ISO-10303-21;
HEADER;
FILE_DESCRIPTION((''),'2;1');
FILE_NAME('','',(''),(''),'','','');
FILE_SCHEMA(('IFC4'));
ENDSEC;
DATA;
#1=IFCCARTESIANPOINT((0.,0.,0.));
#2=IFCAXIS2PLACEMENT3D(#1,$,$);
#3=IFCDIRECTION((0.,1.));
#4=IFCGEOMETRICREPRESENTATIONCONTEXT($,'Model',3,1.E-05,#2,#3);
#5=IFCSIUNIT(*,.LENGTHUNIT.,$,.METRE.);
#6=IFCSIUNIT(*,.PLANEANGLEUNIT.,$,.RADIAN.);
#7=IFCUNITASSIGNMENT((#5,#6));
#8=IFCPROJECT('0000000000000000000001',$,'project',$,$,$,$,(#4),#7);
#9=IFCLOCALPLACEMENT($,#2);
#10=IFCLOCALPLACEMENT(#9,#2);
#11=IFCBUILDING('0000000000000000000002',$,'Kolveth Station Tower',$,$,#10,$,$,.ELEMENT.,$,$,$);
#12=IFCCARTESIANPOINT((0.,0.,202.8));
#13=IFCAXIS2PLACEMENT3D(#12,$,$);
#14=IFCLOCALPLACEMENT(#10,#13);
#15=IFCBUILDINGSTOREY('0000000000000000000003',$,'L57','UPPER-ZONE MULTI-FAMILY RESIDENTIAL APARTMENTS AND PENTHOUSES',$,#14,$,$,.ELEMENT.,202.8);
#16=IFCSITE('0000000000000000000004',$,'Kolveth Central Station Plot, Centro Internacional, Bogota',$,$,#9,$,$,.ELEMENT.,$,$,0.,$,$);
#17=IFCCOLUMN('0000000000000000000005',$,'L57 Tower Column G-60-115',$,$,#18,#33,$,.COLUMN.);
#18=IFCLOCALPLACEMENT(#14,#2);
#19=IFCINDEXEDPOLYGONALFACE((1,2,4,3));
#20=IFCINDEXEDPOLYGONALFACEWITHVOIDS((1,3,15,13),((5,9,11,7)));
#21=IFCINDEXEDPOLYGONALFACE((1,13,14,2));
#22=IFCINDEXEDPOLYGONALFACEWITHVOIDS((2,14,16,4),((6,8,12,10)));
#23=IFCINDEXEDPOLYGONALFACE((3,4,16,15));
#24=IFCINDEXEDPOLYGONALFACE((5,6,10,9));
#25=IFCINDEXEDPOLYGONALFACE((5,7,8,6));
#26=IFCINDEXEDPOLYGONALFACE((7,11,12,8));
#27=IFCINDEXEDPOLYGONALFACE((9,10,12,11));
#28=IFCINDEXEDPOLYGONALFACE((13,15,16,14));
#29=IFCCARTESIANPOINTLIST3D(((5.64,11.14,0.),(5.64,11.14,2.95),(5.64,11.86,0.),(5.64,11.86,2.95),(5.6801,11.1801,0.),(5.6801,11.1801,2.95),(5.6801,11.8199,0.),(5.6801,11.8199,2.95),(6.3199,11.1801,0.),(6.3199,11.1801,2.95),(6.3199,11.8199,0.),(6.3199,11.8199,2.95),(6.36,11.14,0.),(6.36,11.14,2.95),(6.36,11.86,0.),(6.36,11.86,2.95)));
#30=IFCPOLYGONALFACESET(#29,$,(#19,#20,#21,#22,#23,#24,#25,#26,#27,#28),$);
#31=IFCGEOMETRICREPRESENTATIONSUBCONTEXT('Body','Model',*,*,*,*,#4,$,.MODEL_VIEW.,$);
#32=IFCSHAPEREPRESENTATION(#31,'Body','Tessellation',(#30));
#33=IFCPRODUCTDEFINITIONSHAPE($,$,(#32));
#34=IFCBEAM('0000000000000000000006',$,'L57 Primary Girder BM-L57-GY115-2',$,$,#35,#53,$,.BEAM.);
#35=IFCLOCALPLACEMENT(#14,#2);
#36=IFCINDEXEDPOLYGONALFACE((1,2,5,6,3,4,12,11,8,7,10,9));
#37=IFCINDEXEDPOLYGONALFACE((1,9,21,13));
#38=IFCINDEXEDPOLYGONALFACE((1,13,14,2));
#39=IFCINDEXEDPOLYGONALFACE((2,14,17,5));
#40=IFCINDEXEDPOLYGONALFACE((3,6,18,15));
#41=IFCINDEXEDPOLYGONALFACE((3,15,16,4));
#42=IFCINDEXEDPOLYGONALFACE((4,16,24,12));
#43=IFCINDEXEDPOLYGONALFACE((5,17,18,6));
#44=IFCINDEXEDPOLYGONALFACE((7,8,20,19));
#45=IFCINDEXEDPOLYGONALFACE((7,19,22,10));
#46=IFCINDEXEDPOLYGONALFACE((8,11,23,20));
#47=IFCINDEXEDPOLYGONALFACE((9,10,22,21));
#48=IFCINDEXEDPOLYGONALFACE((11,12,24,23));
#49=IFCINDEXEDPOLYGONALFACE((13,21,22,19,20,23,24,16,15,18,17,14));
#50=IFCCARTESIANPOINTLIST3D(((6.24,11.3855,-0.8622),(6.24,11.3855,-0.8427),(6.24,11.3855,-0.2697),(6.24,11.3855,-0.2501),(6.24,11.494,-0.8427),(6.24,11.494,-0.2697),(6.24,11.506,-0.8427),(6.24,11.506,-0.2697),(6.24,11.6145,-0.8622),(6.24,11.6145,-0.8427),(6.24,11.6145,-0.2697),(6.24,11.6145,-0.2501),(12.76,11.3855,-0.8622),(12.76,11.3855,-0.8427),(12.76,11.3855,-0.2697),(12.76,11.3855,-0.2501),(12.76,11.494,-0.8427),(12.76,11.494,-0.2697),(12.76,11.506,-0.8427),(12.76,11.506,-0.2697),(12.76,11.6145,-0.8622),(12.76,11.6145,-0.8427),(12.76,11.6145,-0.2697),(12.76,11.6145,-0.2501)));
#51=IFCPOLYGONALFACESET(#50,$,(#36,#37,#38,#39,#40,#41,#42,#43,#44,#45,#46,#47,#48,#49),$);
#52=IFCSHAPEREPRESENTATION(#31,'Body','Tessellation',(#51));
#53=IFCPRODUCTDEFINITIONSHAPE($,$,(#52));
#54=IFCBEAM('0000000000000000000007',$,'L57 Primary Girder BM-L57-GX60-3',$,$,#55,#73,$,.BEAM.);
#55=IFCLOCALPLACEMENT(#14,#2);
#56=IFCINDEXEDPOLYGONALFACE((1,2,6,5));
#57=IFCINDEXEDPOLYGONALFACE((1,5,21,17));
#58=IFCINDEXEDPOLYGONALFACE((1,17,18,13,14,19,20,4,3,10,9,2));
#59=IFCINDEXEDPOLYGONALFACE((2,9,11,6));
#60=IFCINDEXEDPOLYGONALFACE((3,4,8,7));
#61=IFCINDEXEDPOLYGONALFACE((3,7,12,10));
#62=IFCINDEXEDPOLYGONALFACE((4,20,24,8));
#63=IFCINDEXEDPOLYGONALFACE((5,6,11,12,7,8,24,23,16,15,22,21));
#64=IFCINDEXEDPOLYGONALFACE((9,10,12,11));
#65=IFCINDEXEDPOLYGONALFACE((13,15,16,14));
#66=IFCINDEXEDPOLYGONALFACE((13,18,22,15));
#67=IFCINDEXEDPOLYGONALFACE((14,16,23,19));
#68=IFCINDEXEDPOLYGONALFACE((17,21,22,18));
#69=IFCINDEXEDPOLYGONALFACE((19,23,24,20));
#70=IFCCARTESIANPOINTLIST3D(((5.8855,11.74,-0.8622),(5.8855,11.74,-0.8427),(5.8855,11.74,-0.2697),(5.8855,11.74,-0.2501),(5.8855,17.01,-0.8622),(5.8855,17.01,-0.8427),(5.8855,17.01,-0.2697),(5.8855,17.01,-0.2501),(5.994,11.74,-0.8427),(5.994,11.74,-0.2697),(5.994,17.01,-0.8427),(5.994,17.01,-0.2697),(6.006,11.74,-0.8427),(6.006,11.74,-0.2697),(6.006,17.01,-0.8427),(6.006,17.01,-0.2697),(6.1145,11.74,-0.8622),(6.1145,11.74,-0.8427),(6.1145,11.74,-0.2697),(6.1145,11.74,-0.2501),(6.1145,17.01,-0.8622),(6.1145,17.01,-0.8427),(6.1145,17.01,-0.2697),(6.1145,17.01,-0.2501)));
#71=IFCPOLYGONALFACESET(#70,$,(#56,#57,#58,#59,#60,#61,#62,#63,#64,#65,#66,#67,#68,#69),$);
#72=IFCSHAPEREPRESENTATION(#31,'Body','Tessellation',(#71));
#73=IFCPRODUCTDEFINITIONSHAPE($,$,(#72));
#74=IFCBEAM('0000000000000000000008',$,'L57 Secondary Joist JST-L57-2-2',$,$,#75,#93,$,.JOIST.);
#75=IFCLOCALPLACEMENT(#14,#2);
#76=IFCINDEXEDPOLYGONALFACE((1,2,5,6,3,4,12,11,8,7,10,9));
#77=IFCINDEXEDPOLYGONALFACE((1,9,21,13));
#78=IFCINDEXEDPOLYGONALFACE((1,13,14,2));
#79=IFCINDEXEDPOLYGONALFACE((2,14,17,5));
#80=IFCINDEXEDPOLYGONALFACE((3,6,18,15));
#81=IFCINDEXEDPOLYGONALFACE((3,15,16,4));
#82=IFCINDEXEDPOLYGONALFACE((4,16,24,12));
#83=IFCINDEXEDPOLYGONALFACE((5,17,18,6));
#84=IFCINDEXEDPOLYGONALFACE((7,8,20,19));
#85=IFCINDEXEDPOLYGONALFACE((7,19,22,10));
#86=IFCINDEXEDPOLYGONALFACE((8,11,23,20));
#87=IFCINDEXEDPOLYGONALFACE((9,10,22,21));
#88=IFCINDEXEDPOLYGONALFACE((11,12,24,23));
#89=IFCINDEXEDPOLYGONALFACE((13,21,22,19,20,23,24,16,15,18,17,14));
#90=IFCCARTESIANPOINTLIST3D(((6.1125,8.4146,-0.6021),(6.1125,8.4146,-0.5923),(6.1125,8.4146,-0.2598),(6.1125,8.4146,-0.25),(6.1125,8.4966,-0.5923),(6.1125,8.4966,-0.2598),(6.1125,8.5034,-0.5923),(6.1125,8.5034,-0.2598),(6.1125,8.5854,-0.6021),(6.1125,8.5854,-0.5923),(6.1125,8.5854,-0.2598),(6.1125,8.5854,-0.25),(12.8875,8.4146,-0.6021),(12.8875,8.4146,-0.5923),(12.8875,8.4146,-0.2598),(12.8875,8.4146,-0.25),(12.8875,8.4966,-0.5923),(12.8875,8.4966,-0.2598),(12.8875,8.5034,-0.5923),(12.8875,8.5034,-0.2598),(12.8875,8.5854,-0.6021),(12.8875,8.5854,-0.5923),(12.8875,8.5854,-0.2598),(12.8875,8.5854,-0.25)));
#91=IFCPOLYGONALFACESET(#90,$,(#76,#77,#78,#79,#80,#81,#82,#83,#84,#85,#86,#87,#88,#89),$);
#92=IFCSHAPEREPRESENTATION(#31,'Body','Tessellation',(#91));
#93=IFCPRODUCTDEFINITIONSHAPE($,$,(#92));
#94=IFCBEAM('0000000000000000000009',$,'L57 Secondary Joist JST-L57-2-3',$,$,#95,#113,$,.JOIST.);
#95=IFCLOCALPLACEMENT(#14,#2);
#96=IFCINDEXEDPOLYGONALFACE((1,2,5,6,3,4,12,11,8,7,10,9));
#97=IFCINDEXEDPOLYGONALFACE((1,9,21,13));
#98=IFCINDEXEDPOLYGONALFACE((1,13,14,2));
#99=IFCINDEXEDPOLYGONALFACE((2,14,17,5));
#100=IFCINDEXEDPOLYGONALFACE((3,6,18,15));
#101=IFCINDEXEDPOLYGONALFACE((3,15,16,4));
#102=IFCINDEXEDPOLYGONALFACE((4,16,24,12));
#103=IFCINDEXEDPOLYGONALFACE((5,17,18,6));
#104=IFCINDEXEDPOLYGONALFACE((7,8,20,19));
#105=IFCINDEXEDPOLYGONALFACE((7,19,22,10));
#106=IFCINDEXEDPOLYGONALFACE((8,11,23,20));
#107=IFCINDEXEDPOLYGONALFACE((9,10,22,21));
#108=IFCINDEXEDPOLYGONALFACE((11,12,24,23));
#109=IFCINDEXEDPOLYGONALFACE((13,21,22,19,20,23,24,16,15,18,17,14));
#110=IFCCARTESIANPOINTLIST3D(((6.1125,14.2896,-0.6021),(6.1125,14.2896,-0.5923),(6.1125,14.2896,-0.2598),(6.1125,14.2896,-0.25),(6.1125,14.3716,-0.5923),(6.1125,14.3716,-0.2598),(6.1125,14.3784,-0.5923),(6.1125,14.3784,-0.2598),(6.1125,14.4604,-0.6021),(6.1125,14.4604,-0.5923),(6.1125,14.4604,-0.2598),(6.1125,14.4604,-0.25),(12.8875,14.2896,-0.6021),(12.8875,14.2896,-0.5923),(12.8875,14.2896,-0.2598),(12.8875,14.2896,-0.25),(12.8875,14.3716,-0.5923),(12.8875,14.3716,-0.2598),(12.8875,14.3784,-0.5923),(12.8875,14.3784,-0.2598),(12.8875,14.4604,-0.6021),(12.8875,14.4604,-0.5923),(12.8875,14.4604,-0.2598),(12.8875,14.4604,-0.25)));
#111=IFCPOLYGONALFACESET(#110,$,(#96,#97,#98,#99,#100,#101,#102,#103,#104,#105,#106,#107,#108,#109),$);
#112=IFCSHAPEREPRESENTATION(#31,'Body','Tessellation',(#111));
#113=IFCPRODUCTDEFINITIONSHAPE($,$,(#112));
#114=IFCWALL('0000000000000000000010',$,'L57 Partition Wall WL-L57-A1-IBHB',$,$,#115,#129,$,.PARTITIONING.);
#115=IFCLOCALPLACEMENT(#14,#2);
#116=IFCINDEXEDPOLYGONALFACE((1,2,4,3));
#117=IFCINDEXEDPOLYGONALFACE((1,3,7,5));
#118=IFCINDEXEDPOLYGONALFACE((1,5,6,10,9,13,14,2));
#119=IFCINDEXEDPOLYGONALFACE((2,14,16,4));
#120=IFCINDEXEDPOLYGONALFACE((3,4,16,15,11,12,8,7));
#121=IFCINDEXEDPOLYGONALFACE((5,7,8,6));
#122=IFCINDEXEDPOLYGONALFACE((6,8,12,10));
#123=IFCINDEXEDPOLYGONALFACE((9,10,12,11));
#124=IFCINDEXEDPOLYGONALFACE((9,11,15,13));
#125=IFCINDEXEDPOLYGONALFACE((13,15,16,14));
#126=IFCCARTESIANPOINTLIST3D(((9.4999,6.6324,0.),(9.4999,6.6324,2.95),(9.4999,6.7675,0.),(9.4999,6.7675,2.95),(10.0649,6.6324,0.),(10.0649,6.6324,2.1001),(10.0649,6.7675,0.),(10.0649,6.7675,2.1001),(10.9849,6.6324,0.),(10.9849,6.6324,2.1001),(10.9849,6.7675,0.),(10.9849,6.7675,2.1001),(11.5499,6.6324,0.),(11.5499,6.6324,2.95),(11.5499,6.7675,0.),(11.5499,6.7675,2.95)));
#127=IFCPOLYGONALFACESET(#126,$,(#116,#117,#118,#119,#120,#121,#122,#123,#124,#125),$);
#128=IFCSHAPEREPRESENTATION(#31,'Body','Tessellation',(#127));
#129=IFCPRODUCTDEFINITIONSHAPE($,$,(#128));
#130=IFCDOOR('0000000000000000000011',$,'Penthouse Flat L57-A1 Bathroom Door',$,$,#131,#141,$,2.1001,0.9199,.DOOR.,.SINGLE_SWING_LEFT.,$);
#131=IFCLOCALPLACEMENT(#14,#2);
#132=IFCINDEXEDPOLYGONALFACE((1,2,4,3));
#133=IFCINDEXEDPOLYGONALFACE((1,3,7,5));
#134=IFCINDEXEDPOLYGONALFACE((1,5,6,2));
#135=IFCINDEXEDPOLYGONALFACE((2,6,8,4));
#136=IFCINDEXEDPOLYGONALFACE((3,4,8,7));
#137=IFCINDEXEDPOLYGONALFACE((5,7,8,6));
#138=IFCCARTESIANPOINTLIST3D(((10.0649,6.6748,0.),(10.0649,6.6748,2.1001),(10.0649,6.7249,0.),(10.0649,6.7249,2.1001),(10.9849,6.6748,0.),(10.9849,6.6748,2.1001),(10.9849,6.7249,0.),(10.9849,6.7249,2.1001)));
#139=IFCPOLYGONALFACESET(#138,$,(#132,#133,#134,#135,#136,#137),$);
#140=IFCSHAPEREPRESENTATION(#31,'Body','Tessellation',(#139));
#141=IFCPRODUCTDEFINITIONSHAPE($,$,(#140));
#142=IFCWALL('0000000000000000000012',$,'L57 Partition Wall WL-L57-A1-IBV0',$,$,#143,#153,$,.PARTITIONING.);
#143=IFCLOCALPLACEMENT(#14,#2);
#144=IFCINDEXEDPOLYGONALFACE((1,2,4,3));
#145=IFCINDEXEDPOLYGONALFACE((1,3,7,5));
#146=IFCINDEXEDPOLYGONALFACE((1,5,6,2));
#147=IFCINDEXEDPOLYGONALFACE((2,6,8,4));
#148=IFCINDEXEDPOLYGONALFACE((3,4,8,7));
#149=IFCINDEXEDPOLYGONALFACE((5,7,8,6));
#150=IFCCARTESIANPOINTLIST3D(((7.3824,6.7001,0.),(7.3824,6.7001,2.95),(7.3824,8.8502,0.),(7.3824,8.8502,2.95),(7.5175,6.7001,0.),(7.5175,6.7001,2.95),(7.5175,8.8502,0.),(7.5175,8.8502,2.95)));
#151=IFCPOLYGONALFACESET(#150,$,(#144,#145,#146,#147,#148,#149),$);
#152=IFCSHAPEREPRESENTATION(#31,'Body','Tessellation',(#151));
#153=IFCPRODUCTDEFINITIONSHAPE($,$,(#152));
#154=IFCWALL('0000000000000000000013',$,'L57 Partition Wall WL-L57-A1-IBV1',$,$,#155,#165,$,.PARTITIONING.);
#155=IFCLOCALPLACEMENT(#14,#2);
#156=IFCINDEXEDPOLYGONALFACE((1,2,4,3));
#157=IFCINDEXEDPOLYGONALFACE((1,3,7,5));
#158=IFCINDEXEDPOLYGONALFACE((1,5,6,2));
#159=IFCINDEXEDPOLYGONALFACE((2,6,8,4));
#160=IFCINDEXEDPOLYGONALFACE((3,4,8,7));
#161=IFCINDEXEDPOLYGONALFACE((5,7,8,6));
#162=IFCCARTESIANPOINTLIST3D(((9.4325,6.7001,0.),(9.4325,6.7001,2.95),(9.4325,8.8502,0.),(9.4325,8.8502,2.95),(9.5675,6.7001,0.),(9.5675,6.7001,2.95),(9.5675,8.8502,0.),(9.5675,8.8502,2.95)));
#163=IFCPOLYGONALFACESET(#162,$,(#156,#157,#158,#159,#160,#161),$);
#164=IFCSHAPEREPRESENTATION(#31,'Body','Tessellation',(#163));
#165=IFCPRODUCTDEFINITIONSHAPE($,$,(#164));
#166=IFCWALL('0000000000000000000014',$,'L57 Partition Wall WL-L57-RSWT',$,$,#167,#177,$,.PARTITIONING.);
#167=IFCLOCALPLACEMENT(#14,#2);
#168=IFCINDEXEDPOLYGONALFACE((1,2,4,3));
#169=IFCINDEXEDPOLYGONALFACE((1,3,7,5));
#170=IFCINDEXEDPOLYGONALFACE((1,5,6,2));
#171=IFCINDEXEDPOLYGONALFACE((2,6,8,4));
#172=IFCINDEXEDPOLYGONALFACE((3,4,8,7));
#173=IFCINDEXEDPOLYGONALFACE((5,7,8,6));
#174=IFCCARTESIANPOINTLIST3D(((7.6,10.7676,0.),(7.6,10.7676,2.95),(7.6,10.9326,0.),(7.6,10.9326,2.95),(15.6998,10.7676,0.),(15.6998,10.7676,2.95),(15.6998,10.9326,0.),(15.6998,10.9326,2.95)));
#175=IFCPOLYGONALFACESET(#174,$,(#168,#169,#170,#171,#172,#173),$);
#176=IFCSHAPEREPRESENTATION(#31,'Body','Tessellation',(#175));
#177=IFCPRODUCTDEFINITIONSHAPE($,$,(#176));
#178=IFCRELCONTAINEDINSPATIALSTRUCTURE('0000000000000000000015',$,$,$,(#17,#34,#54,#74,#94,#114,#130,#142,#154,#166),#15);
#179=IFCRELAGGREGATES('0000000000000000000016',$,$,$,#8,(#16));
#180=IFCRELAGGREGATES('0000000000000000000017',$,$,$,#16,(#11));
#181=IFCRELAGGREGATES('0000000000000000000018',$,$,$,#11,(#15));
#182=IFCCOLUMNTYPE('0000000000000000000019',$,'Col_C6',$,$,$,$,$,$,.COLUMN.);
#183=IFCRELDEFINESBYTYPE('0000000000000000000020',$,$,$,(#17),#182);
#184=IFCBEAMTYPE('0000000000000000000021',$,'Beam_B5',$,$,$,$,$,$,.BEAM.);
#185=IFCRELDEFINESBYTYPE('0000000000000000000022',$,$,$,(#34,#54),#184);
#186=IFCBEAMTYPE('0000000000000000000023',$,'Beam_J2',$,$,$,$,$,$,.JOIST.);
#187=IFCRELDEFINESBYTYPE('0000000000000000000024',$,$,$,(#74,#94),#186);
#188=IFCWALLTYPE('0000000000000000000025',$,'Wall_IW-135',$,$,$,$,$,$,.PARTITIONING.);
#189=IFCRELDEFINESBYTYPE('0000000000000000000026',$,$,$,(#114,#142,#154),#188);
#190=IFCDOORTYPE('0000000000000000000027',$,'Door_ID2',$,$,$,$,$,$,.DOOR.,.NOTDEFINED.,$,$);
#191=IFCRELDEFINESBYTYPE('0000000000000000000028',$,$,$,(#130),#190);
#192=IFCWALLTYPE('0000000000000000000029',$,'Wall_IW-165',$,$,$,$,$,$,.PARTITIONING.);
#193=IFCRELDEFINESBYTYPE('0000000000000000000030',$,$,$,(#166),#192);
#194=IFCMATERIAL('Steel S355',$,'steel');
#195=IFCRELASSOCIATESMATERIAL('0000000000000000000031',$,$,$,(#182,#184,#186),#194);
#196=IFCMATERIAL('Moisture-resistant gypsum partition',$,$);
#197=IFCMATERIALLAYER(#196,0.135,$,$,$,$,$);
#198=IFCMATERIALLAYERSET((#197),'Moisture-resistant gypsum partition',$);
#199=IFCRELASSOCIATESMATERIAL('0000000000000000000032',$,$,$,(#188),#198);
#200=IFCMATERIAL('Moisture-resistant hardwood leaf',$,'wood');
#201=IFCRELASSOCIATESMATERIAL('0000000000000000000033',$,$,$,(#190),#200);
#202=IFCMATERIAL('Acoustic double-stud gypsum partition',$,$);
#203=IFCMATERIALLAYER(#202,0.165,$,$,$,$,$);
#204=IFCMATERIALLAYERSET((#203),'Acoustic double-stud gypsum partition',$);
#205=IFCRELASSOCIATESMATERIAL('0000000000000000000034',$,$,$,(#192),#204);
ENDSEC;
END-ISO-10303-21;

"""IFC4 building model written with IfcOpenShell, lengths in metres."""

from ifc_helpers import new_model, si_unit, direction, frame, frame_2d, origin, origin_2d, place, context, subcontext, project, spatial, rectangle, hollow_rectangle, i_section, extrude, source, transform, mapped, material, layer, layer_set, material_profile, profile_set, type_object, element, fill, save


model = new_model("IFC4")

# Units and contexts
model_context = context("Model", 3, precision=1e-05, world=origin(), true_north=direction((0.0, 1.0)))
body_context = subcontext(model_context, "Body", "Model", "MODEL_VIEW")
ifc_project = project(units=[si_unit("LENGTHUNIT", "METRE"), si_unit("PLANEANGLEUNIT", "RADIAN")], contexts=[model_context])

# Site, building, storey
site_placement = place(None, origin())
site = spatial("IfcSite", under=ifc_project, at=site_placement, Name="Kolveth Central Station Plot, Centro Internacional, Bogota", CompositionType="ELEMENT", RefElevation=0.0)
building_placement = place(site_placement, origin())
building = spatial("IfcBuilding", under=site, at=building_placement, Name="Kolveth Station Tower", CompositionType="ELEMENT")
storey_placement = place(building_placement, frame((0.0, 0.0, 202.8)))
storey = spatial("IfcBuildingStorey", under=building, at=storey_placement, Name="L57", Description="UPPER-ZONE MULTI-FAMILY RESIDENTIAL APARTMENTS AND PENTHOUSES", CompositionType="ELEMENT", Elevation=202.8)

# Column
ifc_material_1 = material(Name="Steel S355", Category="steel")
ifc_material_profile_1 = material_profile(ifc_material_1, hollow_rectangle(XDim=0.72, YDim=0.72, WallThickness=0.04, at=origin_2d()), Name="BOX720x720x40")
ifc_profile_set_1 = profile_set([ifc_material_profile_1], Name="Steel S355")
column_type = type_object("IfcColumnType", Name="Col_C6", PredefinedType="COLUMN", material=ifc_profile_set_1)
shared_shape_1 = source(origin(), body_context, "Body", "SweptSolid", [
    extrude(hollow_rectangle(XDim=0.72, YDim=0.72, WallThickness=0.04, at=origin_2d()), origin(), (0.0, 0.0, 1.0), 2.95),
])
column_placement = place(storey_placement, frame((6.0, 11.5, 0.0), z_axis=(0.0, 0.0, 1.0), x_axis=(1.0, 0.0, 0.0)))
element("IfcColumn", 1, at=column_placement, inside=storey, type_object=column_type, Name="L57 Tower Column G-60-115", PredefinedType="COLUMN", context=body_context, shape_type="MappedRepresentation", body=[
    mapped(shared_shape_1, transform((0.0, 0.0, 0.0), x_axis=(1.0, 0.0, 0.0), y_axis=(0.0, 1.0, 0.0), z_axis=(0.0, 0.0, 1.0), scale=1.0)),
])

# Beams
ifc_material_profile_2 = material_profile(ifc_material_1, i_section(OverallWidth=0.229, OverallDepth=0.6121, WebThickness=0.012, FlangeThickness=0.0195, at=origin_2d()), Name="W610x125")
ifc_profile_set_2 = profile_set([ifc_material_profile_2], Name="Steel S355")
beam_type_1 = type_object("IfcBeamType", Name="Beam_B5", PredefinedType="BEAM", material=ifc_profile_set_2)
shared_shape_2 = source(origin(), body_context, "Body", "SweptSolid", [
    extrude(i_section(OverallWidth=0.229, OverallDepth=0.6121, WebThickness=0.012, FlangeThickness=0.0195, at=origin_2d()), origin(), (0.0, 0.0, 1.0), 6.52),
])
beam_1_placement = place(storey_placement, frame((6.24, 11.5, -0.5562), z_axis=(1.0, 0.0, 0.0), x_axis=(0.0, 1.0, 0.0)))
element("IfcBeam", 2, at=beam_1_placement, inside=storey, type_object=beam_type_1, Name="L57 Primary Girder BM-L57-GY115-2", PredefinedType="BEAM", context=body_context, shape_type="MappedRepresentation", body=[
    mapped(shared_shape_2, transform((0.0, 0.0, 0.0), x_axis=(1.0, 0.0, 0.0), y_axis=(0.0, 1.0, 0.0), z_axis=(0.0, 0.0, 1.0), scale=1.0)),
])
shared_shape_3 = source(origin(), body_context, "Body", "SweptSolid", [
    extrude(i_section(OverallWidth=0.229, OverallDepth=0.6121, WebThickness=0.012, FlangeThickness=0.0195, at=origin_2d()), origin(), (0.0, 0.0, 1.0), 5.27),
])
beam_2_placement = place(storey_placement, frame((6.0, 11.74, -0.5562), z_axis=(0.0, 1.0, 0.0), x_axis=(-1.0, 0.0, 0.0)))
element("IfcBeam", 3, at=beam_2_placement, inside=storey, type_object=beam_type_1, Name="L57 Primary Girder BM-L57-GX60-3", PredefinedType="BEAM", context=body_context, shape_type="MappedRepresentation", body=[
    mapped(shared_shape_3, transform((0.0, 0.0, 0.0), x_axis=(1.0, 0.0, 0.0), y_axis=(0.0, 1.0, 0.0), z_axis=(0.0, 0.0, 1.0), scale=1.0)),
])
ifc_material_profile_3 = material_profile(ifc_material_1, i_section(OverallWidth=0.1709, OverallDepth=0.3521, WebThickness=0.0068, FlangeThickness=0.0098, at=origin_2d()), Name="W360x44")
ifc_profile_set_3 = profile_set([ifc_material_profile_3], Name="Steel S355")
beam_type_2 = type_object("IfcBeamType", Name="Beam_J2", PredefinedType="JOIST", material=ifc_profile_set_3)
shared_shape_4 = source(origin(), body_context, "Body", "SweptSolid", [
    extrude(i_section(OverallWidth=0.1709, OverallDepth=0.3521, WebThickness=0.0068, FlangeThickness=0.0098, at=origin_2d()), origin(), (0.0, 0.0, 1.0), 6.7749),
])
for number, where, z_axis, x_axis, name in (
    (4, (6.1125, 8.5, -0.426), (1.0, 0.0, 0.0), (0.0, 1.0, 0.0), "L57 Secondary Joist JST-L57-2-2"),
    (5, (6.1125, 14.375, -0.426), (1.0, 0.0, 0.0), (0.0, 1.0, 0.0), "L57 Secondary Joist JST-L57-2-3"),
):
    element("IfcBeam", number, at=place(storey_placement, frame(where, z_axis=z_axis, x_axis=x_axis)), inside=storey, type_object=beam_type_2, Name=name, PredefinedType="JOIST", context=body_context, shape_type="MappedRepresentation", body=[
        mapped(shared_shape_4, transform((0.0, 0.0, 0.0), x_axis=(1.0, 0.0, 0.0), y_axis=(0.0, 1.0, 0.0), z_axis=(0.0, 0.0, 1.0), scale=1.0)),
    ])

# Wall, opening, door
ifc_material_2 = material(Name="Moisture-resistant gypsum partition")
ifc_layer_1 = layer(ifc_material_2, 0.135)
ifc_layer_set_1 = layer_set([ifc_layer_1], Name="Moisture-resistant gypsum partition")
wall_type_1 = type_object("IfcWallType", Name="Wall_IW-135", PredefinedType="PARTITIONING", material=ifc_layer_set_1)
wall_1_placement = place(storey_placement, frame((9.5, 6.7, 0.0), z_axis=(0.0, 0.0, 1.0), x_axis=(1.0, 0.0, 0.0)))
wall_1 = element("IfcWall", 6, at=wall_1_placement, inside=storey, type_object=wall_type_1, Name="L57 Partition Wall WL-L57-A1-IBHB", PredefinedType="PARTITIONING", context=body_context, shape_type="SweptSolid", body=[
    extrude(rectangle(XDim=2.05, YDim=0.135, at=frame_2d((1.0249, 0.0))), origin(), (0.0, 0.0, 1.0), 2.95),
])
opening_1_placement = place(wall_1_placement, frame((0.5649, 0.0, 0.0)))
opening_1 = element("IfcOpeningElement", 7, at=opening_1_placement, cuts=wall_1, PredefinedType="OPENING", context=body_context, shape_type="SweptSolid", body=[
    extrude(rectangle(XDim=0.9199, YDim=2.1001, at=frame_2d((0.46, 1.05))), frame((0.0, 0.0774, 0.0), z_axis=(0.0, -1.0, 0.0), x_axis=(1.0, 0.0, 0.0)), (0.0, 0.0, 1.0), 0.155),
])
ifc_material_3 = material(Name="Moisture-resistant hardwood leaf", Category="wood")
door_type_1 = type_object("IfcDoorType", Name="Door_ID2", OperationType="NOTDEFINED", PredefinedType="DOOR", material=ifc_material_3)
door_1_placement = place(opening_1_placement, origin())
door_1 = element("IfcDoor", 8, at=door_1_placement, inside=storey, type_object=door_type_1, Name="Penthouse Flat L57-A1 Bathroom Door", OperationType="SINGLE_SWING_LEFT", OverallHeight=2.1001, OverallWidth=0.9199, PredefinedType="DOOR", context=body_context, shape_type="SweptSolid", body=[
    extrude(rectangle(XDim=0.9199, YDim=2.1001, at=frame_2d((0.46, 1.05))), frame((0.0, 0.0249, 0.0), z_axis=(0.0, -1.0, 0.0), x_axis=(1.0, 0.0, 0.0)), (0.0, 0.0, 1.0), 0.05),
])
fill(opening_1, door_1)

# Walls
for number, where, z_axis, x_axis, name in (
    (9, (7.45, 6.7, 0.0), (0.0, 0.0, 1.0), (0.0, 1.0, 0.0), "L57 Partition Wall WL-L57-A1-IBV0"),
    (10, (9.5, 6.7, 0.0), (0.0, 0.0, 1.0), (0.0, 1.0, 0.0), "L57 Partition Wall WL-L57-A1-IBV1"),
):
    element("IfcWall", number, at=place(storey_placement, frame(where, z_axis=z_axis, x_axis=x_axis)), inside=storey, type_object=wall_type_1, Name=name, PredefinedType="PARTITIONING", context=body_context, shape_type="SweptSolid", body=[
        extrude(rectangle(XDim=2.1501, YDim=0.135, at=frame_2d((1.0752, 0.0))), origin(), (0.0, 0.0, 1.0), 2.95),
    ])
ifc_material_4 = material(Name="Acoustic double-stud gypsum partition")
ifc_layer_2 = layer(ifc_material_4, 0.165)
ifc_layer_set_2 = layer_set([ifc_layer_2], Name="Acoustic double-stud gypsum partition")
wall_type_2 = type_object("IfcWallType", Name="Wall_IW-165", PredefinedType="PARTITIONING", material=ifc_layer_set_2)
wall_2_placement = place(storey_placement, frame((7.6001, 10.8501, 0.0), z_axis=(0.0, 0.0, 1.0), x_axis=(1.0, 0.0, 0.0)))
element("IfcWall", 11, at=wall_2_placement, inside=storey, type_object=wall_type_2, Name="L57 Partition Wall WL-L57-RSWT", PredefinedType="PARTITIONING", context=body_context, shape_type="SweptSolid", body=[
    extrude(rectangle(XDim=8.0999, YDim=0.165, at=frame_2d((4.0498, 0.0))), origin(), (0.0, 0.0, 1.0), 2.95),
])

save(model, "model.ifc")
